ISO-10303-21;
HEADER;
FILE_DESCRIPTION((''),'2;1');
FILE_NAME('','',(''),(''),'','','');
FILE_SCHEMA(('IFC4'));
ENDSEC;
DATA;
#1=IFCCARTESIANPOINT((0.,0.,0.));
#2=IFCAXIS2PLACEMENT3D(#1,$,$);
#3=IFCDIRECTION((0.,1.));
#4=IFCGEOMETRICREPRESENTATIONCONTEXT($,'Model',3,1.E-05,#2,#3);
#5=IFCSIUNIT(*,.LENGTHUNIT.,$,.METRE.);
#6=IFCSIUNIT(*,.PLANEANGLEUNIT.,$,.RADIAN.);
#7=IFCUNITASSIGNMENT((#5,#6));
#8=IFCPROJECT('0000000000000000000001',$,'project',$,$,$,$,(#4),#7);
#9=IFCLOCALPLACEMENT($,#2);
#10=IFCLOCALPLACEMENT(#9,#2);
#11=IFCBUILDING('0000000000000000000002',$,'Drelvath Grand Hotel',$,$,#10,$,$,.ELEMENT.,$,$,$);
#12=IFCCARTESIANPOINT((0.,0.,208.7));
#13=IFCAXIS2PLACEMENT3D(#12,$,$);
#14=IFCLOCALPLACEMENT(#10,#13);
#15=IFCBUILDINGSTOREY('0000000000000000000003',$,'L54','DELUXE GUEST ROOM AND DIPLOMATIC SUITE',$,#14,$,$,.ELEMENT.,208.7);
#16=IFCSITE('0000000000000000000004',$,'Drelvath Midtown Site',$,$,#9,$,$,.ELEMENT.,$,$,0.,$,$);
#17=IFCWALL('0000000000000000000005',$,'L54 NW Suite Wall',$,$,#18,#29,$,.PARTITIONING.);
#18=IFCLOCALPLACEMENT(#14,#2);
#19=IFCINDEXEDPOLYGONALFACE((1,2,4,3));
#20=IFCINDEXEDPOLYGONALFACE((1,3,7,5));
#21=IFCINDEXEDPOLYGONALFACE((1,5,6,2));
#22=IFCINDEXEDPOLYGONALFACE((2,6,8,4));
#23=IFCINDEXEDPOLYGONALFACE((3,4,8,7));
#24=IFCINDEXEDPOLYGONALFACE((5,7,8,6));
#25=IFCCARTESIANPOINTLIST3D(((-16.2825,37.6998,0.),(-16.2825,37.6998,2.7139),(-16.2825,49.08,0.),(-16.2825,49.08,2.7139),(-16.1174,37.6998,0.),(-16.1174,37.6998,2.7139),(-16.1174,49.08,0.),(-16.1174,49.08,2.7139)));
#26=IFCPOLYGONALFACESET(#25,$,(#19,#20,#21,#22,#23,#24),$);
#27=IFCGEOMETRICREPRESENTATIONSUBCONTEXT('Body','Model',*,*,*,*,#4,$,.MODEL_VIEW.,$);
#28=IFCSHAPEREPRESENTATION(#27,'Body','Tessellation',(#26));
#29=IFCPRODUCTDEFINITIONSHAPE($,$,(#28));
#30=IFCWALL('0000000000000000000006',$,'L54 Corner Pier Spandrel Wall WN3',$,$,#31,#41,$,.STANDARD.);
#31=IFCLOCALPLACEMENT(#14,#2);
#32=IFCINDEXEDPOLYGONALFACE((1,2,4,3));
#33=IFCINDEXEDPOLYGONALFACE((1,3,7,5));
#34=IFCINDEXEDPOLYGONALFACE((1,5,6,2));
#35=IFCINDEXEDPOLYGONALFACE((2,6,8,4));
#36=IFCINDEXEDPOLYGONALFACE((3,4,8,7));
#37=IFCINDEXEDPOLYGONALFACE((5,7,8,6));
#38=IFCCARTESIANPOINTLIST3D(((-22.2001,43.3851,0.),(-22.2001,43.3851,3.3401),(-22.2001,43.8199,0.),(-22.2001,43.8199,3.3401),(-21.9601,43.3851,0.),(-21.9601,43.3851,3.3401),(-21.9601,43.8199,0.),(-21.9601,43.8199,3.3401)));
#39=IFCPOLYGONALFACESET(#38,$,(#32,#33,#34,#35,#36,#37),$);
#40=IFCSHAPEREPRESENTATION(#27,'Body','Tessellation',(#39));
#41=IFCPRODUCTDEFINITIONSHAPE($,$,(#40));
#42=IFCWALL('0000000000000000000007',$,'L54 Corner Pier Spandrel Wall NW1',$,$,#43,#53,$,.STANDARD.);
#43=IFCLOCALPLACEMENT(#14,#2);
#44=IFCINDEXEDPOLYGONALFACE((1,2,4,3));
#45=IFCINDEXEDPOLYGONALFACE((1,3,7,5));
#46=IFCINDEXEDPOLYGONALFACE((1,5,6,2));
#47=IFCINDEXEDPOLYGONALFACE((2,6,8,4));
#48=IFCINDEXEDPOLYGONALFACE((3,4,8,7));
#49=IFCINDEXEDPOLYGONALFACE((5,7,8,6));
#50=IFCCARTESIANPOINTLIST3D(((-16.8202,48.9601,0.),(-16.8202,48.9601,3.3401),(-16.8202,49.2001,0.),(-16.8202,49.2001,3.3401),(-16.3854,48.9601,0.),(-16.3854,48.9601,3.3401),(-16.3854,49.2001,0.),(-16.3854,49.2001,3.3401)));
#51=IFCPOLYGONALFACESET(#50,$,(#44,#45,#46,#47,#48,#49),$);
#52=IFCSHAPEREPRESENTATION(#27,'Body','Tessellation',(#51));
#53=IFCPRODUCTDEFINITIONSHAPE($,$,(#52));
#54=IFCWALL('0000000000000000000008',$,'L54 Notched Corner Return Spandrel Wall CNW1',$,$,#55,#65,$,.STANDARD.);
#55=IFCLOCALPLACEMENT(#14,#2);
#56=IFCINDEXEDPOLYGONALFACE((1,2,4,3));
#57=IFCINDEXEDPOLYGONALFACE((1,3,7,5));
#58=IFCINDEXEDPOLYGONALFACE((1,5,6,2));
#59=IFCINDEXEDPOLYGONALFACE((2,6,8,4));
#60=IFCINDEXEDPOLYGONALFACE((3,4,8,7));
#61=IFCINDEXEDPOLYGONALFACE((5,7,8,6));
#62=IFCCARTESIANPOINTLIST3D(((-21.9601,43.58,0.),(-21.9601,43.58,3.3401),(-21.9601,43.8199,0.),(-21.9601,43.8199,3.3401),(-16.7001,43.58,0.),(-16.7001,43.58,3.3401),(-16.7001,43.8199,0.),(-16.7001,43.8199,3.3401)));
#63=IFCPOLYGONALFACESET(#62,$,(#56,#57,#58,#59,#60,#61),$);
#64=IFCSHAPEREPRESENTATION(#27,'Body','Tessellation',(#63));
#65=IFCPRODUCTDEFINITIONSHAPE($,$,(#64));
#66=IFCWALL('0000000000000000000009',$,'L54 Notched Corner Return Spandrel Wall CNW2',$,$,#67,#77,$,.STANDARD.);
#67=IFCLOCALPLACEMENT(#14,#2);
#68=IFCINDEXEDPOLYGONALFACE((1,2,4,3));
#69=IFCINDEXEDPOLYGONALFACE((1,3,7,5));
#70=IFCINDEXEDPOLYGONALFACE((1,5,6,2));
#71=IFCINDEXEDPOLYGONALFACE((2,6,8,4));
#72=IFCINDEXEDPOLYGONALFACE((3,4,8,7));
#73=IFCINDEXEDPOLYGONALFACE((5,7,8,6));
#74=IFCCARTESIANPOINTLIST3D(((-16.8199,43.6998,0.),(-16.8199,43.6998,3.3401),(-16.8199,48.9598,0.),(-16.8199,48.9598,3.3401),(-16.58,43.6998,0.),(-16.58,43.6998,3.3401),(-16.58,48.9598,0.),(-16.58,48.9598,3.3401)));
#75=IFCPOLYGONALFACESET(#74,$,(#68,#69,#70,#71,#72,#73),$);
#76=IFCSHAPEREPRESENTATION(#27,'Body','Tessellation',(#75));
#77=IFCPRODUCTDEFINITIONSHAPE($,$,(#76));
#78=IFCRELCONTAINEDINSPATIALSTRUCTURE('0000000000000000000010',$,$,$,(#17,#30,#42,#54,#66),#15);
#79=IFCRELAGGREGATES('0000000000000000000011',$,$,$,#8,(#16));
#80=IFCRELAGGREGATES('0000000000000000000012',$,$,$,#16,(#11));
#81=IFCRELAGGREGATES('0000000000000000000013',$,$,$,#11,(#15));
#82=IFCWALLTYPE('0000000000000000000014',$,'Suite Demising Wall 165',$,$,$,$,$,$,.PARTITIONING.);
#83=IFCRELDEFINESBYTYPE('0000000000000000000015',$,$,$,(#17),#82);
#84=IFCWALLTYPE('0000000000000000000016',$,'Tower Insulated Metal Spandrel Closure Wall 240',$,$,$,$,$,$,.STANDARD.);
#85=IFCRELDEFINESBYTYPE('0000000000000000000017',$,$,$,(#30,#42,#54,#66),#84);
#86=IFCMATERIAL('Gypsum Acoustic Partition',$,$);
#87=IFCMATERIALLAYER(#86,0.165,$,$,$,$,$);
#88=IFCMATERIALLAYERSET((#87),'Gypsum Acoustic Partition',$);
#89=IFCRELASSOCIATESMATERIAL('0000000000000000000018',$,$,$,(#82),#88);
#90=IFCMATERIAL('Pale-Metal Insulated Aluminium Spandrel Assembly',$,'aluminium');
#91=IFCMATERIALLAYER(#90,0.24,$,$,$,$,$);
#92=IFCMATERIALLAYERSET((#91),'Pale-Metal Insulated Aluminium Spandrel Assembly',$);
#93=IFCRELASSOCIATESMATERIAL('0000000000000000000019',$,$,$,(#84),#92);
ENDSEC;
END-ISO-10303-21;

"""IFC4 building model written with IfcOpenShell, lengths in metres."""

from ifc_helpers import new_model, si_unit, direction, frame, frame_2d, origin, place, context, subcontext, project, spatial, rectangle, extrude, material, layer, layer_set, type_object, element, save


model = new_model("IFC4")

# Units and contexts
model_context = context("Model", 3, precision=1e-05, world=origin(), true_north=direction((0.0, 1.0)))
body_context = subcontext(model_context, "Body", "Model", "MODEL_VIEW")
ifc_project = project(units=[si_unit("LENGTHUNIT", "METRE"), si_unit("PLANEANGLEUNIT", "RADIAN")], contexts=[model_context])

# Site, building, storey
site_placement = place(None, origin())
site = spatial("IfcSite", under=ifc_project, at=site_placement, Name="Drelvath Midtown Site", CompositionType="ELEMENT", RefElevation=0.0)
building_placement = place(site_placement, origin())
building = spatial("IfcBuilding", under=site, at=building_placement, Name="Drelvath Grand Hotel", CompositionType="ELEMENT")
storey_placement = place(building_placement, frame((0.0, 0.0, 208.7)))
storey = spatial("IfcBuildingStorey", under=building, at=storey_placement, Name="L54", Description="DELUXE GUEST ROOM AND DIPLOMATIC SUITE", CompositionType="ELEMENT", Elevation=208.7)

# Walls
ifc_material_1 = material(Name="Gypsum Acoustic Partition")
ifc_layer_1 = layer(ifc_material_1, 0.165)
ifc_layer_set_1 = layer_set([ifc_layer_1], Name="Gypsum Acoustic Partition")
wall_type_1 = type_object("IfcWallType", Name="Suite Demising Wall 165", PredefinedType="PARTITIONING", material=ifc_layer_set_1)
wall_1_placement = place(storey_placement, frame((-16.2, 37.7, 0.0), z_axis=(0.0, 0.0, 1.0), x_axis=(0.0, 1.0, 0.0)))
element("IfcWall", 1, at=wall_1_placement, inside=storey, type_object=wall_type_1, Name="L54 NW Suite Wall", PredefinedType="PARTITIONING", context=body_context, shape_type="SweptSolid", body=[
    extrude(rectangle(XDim=11.3801, YDim=0.165, at=frame_2d((5.6899, 0.0))), origin(), (0.0, 0.0, 1.0), 2.7139),
])
ifc_material_2 = material(Name="Pale-Metal Insulated Aluminium Spandrel Assembly", Category="aluminium")
ifc_layer_2 = layer(ifc_material_2, 0.24)
ifc_layer_set_2 = layer_set([ifc_layer_2], Name="Pale-Metal Insulated Aluminium Spandrel Assembly")
wall_type_2 = type_object("IfcWallType", Name="Tower Insulated Metal Spandrel Closure Wall 240", PredefinedType="STANDARD", material=ifc_layer_set_2)
for number, where, z_axis, x_axis, name in (
    (2, (-22.0801, 43.3853, 0.0), (0.0, 0.0, 1.0), (0.0, 1.0, 0.0), "L54 Corner Pier Spandrel Wall WN3"),
    (3, (-16.8201, 49.0801, 0.0), (0.0, 0.0, 1.0), (1.0, 0.0, 0.0), "L54 Corner Pier Spandrel Wall NW1"),
):
    element("IfcWall", number, at=place(storey_placement, frame(where, z_axis=z_axis, x_axis=x_axis)), inside=storey, type_object=wall_type_2, Name=name, PredefinedType="STANDARD", context=body_context, shape_type="SweptSolid", body=[
        extrude(rectangle(XDim=0.4348, YDim=0.24, at=frame_2d((0.2173, 0.0))), origin(), (0.0, 0.0, 1.0), 3.3401),
    ])
for number, where, z_axis, x_axis, name in (
    (4, (-21.96, 43.7, 0.0), (0.0, 0.0, 1.0), (1.0, 0.0, 0.0), "L54 Notched Corner Return Spandrel Wall CNW1"),
    (5, (-16.7, 43.7, 0.0), (0.0, 0.0, 1.0), (0.0, 1.0, 0.0), "L54 Notched Corner Return Spandrel Wall CNW2"),
):
    element("IfcWall", number, at=place(storey_placement, frame(where, z_axis=z_axis, x_axis=x_axis)), inside=storey, type_object=wall_type_2, Name=name, PredefinedType="STANDARD", context=body_context, shape_type="SweptSolid", body=[
        extrude(rectangle(XDim=5.26, YDim=0.24, at=frame_2d((2.6299, 0.0))), origin(), (0.0, 0.0, 1.0), 3.3401),
    ])

save(model, "model.ifc")
